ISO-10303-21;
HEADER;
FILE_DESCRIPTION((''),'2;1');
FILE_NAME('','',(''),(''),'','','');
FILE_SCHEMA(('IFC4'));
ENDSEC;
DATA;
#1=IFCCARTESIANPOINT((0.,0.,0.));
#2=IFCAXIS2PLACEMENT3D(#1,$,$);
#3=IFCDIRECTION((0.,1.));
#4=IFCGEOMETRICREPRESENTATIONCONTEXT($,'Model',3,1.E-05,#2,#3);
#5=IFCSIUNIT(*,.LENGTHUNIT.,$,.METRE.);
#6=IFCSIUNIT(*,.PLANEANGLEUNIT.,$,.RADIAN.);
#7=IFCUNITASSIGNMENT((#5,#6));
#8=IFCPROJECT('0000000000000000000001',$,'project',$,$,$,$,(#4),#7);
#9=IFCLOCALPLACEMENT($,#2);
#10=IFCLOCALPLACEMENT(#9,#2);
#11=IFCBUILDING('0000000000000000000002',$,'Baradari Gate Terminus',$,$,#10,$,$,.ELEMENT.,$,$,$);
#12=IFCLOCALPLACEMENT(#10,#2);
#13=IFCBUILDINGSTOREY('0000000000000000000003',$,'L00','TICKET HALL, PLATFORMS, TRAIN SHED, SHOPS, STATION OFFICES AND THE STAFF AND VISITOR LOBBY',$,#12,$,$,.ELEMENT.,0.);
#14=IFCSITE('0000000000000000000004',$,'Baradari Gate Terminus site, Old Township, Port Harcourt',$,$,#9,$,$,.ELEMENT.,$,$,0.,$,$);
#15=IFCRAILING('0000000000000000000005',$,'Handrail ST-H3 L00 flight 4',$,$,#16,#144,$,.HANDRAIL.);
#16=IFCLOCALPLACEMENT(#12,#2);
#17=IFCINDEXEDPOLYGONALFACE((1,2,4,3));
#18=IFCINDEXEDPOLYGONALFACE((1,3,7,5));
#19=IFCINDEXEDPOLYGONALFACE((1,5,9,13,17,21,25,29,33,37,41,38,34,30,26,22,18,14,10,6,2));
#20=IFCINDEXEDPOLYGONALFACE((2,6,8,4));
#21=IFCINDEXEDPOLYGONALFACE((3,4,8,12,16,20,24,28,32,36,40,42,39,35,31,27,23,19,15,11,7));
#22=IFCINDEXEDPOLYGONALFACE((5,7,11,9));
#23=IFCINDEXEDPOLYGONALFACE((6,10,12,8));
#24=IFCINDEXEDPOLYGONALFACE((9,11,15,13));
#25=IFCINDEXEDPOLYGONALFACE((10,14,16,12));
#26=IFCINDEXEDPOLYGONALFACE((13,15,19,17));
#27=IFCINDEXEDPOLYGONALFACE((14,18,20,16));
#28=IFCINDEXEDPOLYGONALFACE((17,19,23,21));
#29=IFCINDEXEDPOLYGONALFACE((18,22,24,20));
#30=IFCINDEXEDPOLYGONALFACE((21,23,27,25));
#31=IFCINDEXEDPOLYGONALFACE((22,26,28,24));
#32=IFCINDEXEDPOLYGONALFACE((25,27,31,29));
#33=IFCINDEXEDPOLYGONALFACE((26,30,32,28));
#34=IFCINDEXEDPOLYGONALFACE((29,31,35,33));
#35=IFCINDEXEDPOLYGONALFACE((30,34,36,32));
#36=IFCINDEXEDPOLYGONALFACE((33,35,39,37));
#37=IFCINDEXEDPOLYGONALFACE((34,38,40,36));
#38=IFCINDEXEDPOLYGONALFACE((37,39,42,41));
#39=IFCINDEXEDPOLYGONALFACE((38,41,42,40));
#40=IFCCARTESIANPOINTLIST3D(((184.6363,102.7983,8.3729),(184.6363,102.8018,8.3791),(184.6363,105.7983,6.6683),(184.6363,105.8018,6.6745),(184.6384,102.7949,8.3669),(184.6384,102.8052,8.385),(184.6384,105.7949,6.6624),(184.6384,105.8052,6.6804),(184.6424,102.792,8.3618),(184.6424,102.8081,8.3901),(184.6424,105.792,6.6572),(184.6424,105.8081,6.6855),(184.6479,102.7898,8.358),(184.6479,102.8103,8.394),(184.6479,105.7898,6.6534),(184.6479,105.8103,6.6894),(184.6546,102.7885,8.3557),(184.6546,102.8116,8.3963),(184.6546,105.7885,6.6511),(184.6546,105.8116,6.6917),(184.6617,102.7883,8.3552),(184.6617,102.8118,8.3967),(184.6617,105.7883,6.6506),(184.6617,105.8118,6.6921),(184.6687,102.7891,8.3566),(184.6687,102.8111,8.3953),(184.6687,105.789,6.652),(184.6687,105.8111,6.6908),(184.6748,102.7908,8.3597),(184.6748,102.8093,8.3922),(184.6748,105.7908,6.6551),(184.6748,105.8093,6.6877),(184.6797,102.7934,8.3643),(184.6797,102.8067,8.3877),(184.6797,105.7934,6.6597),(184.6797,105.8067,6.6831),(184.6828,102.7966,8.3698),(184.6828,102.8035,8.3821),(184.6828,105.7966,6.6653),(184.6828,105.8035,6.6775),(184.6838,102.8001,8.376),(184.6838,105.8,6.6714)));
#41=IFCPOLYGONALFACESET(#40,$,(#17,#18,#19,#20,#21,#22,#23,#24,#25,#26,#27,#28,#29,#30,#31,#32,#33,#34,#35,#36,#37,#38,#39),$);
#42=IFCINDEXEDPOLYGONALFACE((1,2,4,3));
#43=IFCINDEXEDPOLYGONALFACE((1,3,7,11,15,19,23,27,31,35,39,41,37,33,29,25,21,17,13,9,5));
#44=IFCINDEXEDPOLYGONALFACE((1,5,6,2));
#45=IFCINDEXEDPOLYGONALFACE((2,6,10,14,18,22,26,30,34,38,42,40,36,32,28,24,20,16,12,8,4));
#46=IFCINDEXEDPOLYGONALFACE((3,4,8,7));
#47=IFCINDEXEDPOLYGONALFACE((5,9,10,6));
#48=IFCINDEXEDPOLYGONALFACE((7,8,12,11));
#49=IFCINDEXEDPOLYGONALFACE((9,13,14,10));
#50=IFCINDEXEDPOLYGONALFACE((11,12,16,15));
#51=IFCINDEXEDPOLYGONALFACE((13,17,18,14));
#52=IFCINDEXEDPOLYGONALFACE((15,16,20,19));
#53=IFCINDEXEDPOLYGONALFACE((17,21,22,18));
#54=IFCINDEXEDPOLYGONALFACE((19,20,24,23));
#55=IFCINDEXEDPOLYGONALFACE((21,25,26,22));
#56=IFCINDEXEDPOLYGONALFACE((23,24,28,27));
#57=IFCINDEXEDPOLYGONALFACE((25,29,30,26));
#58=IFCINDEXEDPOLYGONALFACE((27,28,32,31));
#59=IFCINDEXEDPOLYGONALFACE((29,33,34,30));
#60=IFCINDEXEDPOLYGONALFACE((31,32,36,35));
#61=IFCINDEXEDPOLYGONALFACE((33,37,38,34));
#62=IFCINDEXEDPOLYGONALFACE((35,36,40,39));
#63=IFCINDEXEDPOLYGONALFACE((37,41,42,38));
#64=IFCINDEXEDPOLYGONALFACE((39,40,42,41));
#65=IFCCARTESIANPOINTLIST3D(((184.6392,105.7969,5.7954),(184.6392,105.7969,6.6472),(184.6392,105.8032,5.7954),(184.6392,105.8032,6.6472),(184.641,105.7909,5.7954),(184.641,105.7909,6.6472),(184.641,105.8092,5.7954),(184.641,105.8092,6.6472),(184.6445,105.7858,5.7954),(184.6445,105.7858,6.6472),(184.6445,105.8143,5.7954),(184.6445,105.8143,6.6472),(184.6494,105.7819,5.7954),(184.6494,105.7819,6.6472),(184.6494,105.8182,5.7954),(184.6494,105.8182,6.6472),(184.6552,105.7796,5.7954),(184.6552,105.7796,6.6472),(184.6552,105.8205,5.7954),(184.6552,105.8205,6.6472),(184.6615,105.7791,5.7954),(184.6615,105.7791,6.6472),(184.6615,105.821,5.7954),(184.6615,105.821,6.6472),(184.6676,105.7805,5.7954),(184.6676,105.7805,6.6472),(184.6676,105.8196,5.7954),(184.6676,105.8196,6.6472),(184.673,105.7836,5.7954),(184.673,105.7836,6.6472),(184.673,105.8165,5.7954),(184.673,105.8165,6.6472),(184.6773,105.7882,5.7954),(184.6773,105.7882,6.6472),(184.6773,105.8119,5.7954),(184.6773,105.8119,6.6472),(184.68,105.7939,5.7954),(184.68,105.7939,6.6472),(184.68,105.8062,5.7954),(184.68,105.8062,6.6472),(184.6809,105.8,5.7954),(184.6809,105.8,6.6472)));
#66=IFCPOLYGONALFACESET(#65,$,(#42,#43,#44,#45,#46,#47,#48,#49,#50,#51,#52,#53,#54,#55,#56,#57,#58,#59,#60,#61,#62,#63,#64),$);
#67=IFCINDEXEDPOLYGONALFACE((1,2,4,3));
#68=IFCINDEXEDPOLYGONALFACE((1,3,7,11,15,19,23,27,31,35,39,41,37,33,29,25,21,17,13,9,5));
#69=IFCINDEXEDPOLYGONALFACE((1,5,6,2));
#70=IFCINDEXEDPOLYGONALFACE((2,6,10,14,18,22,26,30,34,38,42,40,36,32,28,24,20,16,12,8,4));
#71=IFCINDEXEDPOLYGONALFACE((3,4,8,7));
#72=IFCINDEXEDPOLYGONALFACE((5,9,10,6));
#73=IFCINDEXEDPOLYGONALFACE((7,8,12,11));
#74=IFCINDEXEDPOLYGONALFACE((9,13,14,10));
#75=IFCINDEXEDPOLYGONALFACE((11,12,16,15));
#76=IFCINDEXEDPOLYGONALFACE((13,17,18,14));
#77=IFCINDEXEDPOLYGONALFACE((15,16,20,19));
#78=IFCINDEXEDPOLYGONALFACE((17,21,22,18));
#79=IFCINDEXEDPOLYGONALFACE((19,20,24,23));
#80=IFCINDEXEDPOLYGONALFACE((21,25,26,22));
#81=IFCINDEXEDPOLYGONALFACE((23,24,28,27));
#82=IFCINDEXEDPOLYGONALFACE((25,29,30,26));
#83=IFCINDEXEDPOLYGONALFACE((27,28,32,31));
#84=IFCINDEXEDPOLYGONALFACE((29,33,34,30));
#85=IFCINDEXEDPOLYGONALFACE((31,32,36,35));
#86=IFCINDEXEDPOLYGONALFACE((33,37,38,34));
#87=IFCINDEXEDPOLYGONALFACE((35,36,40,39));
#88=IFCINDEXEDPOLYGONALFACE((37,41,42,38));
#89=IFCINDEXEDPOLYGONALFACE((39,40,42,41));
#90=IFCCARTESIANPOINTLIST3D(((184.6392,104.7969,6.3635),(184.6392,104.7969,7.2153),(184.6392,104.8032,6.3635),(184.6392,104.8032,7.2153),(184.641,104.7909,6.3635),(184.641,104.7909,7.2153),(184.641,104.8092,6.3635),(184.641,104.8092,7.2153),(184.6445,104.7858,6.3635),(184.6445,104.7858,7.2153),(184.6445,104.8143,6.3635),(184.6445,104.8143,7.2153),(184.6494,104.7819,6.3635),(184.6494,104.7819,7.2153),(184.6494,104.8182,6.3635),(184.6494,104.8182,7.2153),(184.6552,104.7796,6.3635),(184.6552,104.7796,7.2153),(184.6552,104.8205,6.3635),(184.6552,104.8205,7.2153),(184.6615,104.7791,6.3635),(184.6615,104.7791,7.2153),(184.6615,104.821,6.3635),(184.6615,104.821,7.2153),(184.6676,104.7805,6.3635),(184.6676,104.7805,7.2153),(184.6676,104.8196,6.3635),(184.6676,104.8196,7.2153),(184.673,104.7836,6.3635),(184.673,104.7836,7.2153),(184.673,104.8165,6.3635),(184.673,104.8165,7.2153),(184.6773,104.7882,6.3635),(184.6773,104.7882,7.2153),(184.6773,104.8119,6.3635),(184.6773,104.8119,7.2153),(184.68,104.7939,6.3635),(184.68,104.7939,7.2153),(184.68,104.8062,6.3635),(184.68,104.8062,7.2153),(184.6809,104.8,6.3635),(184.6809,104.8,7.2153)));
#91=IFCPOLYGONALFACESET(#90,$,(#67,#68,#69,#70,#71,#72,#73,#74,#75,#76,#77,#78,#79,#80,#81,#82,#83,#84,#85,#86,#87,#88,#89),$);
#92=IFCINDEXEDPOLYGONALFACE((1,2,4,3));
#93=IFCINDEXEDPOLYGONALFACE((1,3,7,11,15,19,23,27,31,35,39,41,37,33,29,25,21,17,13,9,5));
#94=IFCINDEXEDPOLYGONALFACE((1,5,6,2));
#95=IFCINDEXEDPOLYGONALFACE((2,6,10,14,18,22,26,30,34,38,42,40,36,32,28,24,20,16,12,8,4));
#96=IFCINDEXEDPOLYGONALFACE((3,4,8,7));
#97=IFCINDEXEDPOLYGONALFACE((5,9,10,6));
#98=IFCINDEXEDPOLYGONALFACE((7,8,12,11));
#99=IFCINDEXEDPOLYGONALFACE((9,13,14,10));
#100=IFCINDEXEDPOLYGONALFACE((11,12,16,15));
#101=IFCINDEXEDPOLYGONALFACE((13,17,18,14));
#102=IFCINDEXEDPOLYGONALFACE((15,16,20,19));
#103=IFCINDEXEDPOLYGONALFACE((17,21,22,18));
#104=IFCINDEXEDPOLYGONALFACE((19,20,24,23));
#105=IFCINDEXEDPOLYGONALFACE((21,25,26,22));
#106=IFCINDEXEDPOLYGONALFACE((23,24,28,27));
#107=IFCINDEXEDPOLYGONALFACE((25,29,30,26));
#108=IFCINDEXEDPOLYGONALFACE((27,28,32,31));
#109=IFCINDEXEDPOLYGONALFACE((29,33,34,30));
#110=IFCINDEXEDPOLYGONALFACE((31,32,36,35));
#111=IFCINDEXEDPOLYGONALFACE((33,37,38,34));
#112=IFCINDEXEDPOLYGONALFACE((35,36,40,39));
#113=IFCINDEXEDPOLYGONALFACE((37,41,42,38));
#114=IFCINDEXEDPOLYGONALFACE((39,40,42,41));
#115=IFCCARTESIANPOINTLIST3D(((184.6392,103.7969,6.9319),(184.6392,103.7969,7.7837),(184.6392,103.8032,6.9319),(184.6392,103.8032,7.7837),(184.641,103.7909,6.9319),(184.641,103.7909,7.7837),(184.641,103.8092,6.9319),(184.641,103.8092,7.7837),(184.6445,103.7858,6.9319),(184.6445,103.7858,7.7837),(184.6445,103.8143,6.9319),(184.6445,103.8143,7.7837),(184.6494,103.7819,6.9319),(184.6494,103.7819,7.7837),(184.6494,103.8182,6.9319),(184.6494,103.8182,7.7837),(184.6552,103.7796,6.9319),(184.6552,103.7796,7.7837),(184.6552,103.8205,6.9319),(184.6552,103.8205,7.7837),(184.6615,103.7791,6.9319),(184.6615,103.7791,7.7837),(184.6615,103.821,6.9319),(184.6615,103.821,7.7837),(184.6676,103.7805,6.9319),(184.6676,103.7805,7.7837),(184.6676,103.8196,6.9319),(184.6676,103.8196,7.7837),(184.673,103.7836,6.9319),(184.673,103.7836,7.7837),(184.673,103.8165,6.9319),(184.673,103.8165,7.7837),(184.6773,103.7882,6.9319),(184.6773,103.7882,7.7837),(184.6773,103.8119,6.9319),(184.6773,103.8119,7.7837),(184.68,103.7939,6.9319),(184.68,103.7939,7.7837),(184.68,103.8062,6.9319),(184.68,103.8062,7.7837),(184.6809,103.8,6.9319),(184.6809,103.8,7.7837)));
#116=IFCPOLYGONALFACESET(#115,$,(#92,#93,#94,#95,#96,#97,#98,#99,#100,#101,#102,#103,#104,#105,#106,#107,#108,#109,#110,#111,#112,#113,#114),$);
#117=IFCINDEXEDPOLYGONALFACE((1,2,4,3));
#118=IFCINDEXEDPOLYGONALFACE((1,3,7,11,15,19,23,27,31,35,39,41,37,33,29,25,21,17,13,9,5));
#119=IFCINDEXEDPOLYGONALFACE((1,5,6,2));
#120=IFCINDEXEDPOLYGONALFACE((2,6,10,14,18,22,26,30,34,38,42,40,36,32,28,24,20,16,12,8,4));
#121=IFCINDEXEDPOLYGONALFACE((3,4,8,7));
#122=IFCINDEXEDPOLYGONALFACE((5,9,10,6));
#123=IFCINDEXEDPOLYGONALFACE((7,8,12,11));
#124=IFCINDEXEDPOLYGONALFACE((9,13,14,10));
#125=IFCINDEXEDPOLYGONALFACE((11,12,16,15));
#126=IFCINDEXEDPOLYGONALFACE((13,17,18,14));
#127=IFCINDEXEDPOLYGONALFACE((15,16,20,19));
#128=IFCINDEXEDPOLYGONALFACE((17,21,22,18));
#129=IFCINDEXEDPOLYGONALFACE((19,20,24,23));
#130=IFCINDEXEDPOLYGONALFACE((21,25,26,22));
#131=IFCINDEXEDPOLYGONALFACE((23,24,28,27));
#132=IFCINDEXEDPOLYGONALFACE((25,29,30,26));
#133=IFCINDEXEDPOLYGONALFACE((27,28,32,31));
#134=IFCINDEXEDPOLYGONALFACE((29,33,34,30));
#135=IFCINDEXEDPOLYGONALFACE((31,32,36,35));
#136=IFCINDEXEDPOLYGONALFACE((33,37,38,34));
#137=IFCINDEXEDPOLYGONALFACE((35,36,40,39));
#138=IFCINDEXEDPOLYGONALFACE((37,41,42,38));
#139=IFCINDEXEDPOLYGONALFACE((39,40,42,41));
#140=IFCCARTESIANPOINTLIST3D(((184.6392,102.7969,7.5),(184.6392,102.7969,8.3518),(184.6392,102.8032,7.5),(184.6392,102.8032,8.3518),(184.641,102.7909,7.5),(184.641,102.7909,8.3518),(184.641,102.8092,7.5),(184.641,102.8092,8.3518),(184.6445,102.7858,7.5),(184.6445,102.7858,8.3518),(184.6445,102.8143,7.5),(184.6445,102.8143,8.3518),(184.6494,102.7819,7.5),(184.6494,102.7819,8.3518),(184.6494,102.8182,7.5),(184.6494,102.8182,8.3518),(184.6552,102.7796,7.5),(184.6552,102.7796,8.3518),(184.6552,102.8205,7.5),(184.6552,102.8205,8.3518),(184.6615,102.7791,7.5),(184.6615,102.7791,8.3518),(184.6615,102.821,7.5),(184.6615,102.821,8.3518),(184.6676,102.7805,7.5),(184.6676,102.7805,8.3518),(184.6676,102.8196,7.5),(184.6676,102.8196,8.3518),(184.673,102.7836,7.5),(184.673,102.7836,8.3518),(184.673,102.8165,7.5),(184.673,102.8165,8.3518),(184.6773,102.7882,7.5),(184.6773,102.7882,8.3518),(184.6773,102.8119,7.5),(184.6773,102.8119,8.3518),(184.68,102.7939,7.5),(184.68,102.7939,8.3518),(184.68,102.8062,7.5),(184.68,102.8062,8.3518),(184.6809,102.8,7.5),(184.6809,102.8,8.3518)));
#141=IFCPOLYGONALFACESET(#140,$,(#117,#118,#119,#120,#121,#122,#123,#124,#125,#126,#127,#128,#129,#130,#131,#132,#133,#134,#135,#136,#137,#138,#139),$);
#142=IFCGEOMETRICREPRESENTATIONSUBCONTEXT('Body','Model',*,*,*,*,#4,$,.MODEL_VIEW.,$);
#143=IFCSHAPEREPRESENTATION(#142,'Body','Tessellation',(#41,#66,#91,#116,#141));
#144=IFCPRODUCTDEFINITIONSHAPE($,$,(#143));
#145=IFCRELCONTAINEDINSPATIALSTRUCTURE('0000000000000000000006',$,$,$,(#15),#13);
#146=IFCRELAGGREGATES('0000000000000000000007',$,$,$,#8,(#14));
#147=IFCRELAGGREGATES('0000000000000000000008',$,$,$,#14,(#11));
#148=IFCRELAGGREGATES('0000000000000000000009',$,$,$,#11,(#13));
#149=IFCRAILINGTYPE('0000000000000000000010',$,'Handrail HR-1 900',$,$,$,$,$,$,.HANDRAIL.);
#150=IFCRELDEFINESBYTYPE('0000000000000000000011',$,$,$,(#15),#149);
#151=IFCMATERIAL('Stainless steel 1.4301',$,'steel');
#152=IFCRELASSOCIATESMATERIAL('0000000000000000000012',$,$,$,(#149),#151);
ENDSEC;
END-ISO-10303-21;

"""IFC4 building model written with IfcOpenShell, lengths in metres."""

from ifc_helpers import new_model, si_unit, direction, frame, origin, origin_2d, place, context, subcontext, project, spatial, circle, extrude, material, type_object, element, save


model = new_model("IFC4")

# Units and contexts
model_context = context("Model", 3, precision=1e-05, world=origin(), true_north=direction((0.0, 1.0)))
body_context = subcontext(model_context, "Body", "Model", "MODEL_VIEW")
ifc_project = project(units=[si_unit("LENGTHUNIT", "METRE"), si_unit("PLANEANGLEUNIT", "RADIAN")], contexts=[model_context])

# Site, building, storey
site_placement = place(None, origin())
site = spatial("IfcSite", under=ifc_project, at=site_placement, Name="Baradari Gate Terminus site, Old Township, Port Harcourt", CompositionType="ELEMENT", RefElevation=0.0)
building_placement = place(site_placement, origin())
building = spatial("IfcBuilding", under=site, at=building_placement, Name="Baradari Gate Terminus", CompositionType="ELEMENT")
storey_placement = place(building_placement, origin())
storey = spatial("IfcBuildingStorey", under=building, at=storey_placement, Name="L00", Description="TICKET HALL, PLATFORMS, TRAIN SHED, SHOPS, STATION OFFICES AND THE STAFF AND VISITOR LOBBY", CompositionType="ELEMENT", Elevation=0.0)

# Railing
ifc_material_1 = material(Name="Stainless steel 1.4301", Category="steel")
railing_type_1 = type_object("IfcRailingType", Name="Handrail HR-1 900", PredefinedType="HANDRAIL", material=ifc_material_1)
for number, where, name in (
    (1, (184.6599, 105.8, 5.7954), "Handrail ST-H3 L00 flight 4"),
):
    element("IfcRailing", number, at=place(storey_placement, frame(where)), inside=storey, type_object=railing_type_1, Name=name, PredefinedType="HANDRAIL", context=body_context, shape_type="SweptSolid", body=[
        extrude(circle(Radius=0.0239, at=origin_2d()), frame((0.0, 0.0, 0.876), z_axis=(0.0, -0.869451, 0.494019), x_axis=(1.0, 0.0, 0.0)), (0.0, 0.0, 1.0), 3.4504),
        extrude(circle(Radius=0.021, at=origin_2d()), origin(), (0.0, 0.0, 1.0), 0.8518),
        extrude(circle(Radius=0.021, at=origin_2d()), frame((0.0, -1.0, 0.5681)), (0.0, 0.0, 1.0), 0.8518),
        extrude(circle(Radius=0.021, at=origin_2d()), frame((0.0, -2.0, 1.1365)), (0.0, 0.0, 1.0), 0.8518),
        extrude(circle(Radius=0.021, at=origin_2d()), frame((0.0, -3.0, 1.7046)), (0.0, 0.0, 1.0), 0.8518),
    ])

save(model, "model.ifc")
